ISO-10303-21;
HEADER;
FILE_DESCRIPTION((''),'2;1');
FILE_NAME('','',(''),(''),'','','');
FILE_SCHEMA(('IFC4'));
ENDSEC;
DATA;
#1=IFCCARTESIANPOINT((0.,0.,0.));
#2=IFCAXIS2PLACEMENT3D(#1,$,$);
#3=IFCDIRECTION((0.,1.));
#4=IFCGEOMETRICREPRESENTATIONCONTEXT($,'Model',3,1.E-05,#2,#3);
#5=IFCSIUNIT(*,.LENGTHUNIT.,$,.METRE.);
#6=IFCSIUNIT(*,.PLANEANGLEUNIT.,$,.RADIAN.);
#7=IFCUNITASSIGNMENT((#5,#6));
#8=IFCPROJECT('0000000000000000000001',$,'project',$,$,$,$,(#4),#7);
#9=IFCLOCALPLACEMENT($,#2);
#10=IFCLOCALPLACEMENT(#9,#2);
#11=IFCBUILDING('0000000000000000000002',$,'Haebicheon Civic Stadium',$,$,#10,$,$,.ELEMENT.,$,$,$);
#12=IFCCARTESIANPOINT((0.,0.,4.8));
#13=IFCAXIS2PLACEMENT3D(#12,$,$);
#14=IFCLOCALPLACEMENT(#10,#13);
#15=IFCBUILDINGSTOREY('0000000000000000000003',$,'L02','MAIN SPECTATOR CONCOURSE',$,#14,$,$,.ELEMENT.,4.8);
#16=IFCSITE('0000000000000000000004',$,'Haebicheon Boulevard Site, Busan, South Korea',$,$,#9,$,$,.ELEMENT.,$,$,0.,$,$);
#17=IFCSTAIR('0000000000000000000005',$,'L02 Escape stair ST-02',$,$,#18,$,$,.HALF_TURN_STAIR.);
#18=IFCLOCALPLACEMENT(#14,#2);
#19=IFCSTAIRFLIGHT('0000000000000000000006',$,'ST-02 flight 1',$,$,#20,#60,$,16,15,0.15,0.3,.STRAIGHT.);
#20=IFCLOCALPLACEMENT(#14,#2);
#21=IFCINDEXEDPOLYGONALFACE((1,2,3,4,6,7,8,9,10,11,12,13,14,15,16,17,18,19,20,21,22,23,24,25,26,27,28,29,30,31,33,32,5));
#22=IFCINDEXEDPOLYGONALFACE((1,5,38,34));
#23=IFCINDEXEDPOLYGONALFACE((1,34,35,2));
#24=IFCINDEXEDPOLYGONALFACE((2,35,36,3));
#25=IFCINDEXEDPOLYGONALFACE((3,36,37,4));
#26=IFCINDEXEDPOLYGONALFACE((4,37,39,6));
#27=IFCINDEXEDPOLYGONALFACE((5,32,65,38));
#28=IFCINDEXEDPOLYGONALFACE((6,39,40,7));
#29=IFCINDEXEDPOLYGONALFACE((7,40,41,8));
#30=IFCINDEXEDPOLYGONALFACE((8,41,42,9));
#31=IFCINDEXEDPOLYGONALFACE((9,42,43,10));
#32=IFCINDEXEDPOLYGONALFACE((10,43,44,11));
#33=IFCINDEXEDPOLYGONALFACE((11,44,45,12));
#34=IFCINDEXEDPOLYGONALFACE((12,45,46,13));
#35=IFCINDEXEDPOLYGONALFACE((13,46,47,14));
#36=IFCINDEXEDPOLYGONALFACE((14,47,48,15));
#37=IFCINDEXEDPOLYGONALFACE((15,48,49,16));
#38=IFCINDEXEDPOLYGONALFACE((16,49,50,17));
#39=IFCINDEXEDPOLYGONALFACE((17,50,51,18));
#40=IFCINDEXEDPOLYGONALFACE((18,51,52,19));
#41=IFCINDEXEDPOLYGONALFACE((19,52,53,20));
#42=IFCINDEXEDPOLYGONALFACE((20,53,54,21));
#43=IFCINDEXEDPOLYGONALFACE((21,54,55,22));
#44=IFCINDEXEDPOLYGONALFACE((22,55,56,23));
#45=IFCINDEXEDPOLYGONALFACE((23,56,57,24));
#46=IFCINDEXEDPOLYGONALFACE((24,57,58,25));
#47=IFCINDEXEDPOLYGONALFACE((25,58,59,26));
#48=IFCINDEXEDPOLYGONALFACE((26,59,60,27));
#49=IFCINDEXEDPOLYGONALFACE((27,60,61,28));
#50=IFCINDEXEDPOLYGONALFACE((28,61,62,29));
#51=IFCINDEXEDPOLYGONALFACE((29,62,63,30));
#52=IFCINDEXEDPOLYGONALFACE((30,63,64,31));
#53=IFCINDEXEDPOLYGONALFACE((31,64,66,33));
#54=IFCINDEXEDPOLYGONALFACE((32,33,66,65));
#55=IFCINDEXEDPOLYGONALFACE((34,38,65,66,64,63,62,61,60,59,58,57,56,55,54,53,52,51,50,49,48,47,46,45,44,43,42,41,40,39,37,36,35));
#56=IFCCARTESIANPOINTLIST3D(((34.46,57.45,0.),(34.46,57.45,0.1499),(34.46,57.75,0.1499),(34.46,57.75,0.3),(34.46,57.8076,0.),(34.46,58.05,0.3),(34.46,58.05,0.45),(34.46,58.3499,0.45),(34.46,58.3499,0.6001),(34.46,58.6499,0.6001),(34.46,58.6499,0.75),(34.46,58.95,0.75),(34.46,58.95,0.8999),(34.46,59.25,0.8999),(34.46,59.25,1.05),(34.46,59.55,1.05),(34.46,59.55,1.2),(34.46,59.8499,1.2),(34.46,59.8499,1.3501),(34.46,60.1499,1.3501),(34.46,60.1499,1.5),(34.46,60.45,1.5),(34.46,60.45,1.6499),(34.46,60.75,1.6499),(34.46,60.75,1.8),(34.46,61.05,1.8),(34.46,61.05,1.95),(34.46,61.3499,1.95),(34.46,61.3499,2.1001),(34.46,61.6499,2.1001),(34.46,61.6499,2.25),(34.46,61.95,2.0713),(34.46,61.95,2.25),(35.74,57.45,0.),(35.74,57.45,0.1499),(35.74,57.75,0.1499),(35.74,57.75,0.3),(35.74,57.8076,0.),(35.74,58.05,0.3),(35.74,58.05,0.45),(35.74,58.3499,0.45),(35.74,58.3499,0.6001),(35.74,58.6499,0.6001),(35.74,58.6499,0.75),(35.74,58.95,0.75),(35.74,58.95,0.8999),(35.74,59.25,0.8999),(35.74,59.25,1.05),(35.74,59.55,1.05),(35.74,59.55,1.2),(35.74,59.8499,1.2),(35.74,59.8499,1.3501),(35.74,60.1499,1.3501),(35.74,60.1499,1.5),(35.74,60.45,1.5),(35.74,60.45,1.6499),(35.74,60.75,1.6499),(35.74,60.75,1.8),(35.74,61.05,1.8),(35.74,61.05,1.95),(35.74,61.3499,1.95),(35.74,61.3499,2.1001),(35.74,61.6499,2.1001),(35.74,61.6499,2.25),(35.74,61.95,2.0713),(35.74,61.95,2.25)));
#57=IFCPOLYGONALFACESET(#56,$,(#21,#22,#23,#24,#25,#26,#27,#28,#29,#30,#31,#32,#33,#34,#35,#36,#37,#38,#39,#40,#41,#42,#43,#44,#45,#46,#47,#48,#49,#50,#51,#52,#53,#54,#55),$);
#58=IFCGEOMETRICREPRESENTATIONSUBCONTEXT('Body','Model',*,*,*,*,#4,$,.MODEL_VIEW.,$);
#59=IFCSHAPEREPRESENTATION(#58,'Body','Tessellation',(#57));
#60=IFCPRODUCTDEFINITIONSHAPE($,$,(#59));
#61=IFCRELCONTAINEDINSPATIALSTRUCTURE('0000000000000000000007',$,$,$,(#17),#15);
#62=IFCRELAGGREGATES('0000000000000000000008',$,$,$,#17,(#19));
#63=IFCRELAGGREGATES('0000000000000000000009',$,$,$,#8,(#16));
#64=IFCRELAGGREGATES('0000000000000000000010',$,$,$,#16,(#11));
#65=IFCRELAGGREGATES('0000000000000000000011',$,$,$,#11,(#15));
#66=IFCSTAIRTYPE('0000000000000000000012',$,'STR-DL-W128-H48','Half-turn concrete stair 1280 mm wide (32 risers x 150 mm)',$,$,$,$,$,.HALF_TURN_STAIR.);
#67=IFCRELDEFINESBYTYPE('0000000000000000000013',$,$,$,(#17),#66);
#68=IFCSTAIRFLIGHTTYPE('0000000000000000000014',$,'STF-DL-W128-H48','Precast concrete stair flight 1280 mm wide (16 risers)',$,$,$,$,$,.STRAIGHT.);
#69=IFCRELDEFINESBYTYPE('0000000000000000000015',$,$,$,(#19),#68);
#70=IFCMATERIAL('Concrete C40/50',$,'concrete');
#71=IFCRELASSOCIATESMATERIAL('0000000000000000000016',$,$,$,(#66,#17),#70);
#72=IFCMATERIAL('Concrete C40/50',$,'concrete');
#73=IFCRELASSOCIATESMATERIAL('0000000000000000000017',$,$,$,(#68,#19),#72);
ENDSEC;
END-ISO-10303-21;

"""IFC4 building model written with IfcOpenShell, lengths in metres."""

from ifc_helpers import new_model, si_unit, direction, frame, origin, place, context, subcontext, project, spatial, polyline, outline, extrude, material, type_object, element, aggregate, save


model = new_model("IFC4")

# Units and contexts
model_context = context("Model", 3, precision=1e-05, world=origin(), true_north=direction((0.0, 1.0)))
body_context = subcontext(model_context, "Body", "Model", "MODEL_VIEW")
ifc_project = project(units=[si_unit("LENGTHUNIT", "METRE"), si_unit("PLANEANGLEUNIT", "RADIAN")], contexts=[model_context])

# Site, building, storey
site_placement = place(None, origin())
site = spatial("IfcSite", under=ifc_project, at=site_placement, Name="Haebicheon Boulevard Site, Busan, South Korea", CompositionType="ELEMENT", RefElevation=0.0)
building_placement = place(site_placement, origin())
building = spatial("IfcBuilding", under=site, at=building_placement, Name="Haebicheon Civic Stadium", CompositionType="ELEMENT")
storey_placement = place(building_placement, frame((0.0, 0.0, 4.8)))
storey = spatial("IfcBuildingStorey", under=building, at=storey_placement, Name="L02", Description="MAIN SPECTATOR CONCOURSE", CompositionType="ELEMENT", Elevation=4.8)

# Stair, stair flight
ifc_material_1 = material(Name="Concrete C40/50", Category="concrete")
stair_type = type_object("IfcStairType", Name="STR-DL-W128-H48", Description="Half-turn concrete stair 1280 mm wide (32 risers x 150 mm)", PredefinedType="HALF_TURN_STAIR", material=ifc_material_1)
stair_placement = place(storey_placement, origin())
stair = element("IfcStair", 1, at=stair_placement, inside=storey, type_object=stair_type, material=ifc_material_1, Name="L02 Escape stair ST-02", PredefinedType="HALF_TURN_STAIR")
ifc_material_2 = material(Name="Concrete C40/50", Category="concrete")
stair_flight_type = type_object("IfcStairFlightType", Name="STF-DL-W128-H48", Description="Precast concrete stair flight 1280 mm wide (16 risers)", PredefinedType="STRAIGHT", material=ifc_material_2)
stair_flight_placement = place(storey_placement, frame((35.1001, 57.45, 0.0), z_axis=(0.0, 0.0, 1.0), x_axis=(0.0, 1.0, 0.0)))
stair_flight = element("IfcStairFlight", 2, at=stair_flight_placement, type_object=stair_flight_type, material=ifc_material_2, Name="ST-02 flight 1", NumberOfRisers=16, NumberOfTreads=15, PredefinedType="STRAIGHT", RiserHeight=0.15, TreadLength=0.3, context=body_context, shape_type="SweptSolid", body=[
    extrude(outline(polyline([(0.0, 0.0), (0.0, 0.1499), (0.3, 0.1499), (0.3, 0.3), (0.6001, 0.3), (0.6001, 0.45), (0.8999, 0.45), (0.8999, 0.6001), (1.2, 0.6001), (1.2, 0.75), (1.5, 0.75), (1.5, 0.8999), (1.8, 0.8999), (1.8, 1.05), (2.1001, 1.05), (2.1001, 1.2), (2.3999, 1.2), (2.3999, 1.3501), (2.7, 1.3501), (2.7, 1.5), (3.0, 1.5), (3.0, 1.6499), (3.3, 1.6499), (3.3, 1.8), (3.6001, 1.8), (3.6001, 1.95), (3.8999, 1.95), (3.8999, 2.1001), (4.2, 2.1001), (4.2, 2.25), (4.5, 2.25), (4.5, 2.3999), (4.5, 2.0713), (0.3577, 0.0), (0.0, 0.0)])), frame((0.0, 0.6401, 0.0), z_axis=(0.0, -1.0, 0.0), x_axis=(1.0, 0.0, 0.0)), (0.0, 0.0, 1.0), 1.28),
])
aggregate(stair, [stair_flight])

save(model, "model.ifc")
